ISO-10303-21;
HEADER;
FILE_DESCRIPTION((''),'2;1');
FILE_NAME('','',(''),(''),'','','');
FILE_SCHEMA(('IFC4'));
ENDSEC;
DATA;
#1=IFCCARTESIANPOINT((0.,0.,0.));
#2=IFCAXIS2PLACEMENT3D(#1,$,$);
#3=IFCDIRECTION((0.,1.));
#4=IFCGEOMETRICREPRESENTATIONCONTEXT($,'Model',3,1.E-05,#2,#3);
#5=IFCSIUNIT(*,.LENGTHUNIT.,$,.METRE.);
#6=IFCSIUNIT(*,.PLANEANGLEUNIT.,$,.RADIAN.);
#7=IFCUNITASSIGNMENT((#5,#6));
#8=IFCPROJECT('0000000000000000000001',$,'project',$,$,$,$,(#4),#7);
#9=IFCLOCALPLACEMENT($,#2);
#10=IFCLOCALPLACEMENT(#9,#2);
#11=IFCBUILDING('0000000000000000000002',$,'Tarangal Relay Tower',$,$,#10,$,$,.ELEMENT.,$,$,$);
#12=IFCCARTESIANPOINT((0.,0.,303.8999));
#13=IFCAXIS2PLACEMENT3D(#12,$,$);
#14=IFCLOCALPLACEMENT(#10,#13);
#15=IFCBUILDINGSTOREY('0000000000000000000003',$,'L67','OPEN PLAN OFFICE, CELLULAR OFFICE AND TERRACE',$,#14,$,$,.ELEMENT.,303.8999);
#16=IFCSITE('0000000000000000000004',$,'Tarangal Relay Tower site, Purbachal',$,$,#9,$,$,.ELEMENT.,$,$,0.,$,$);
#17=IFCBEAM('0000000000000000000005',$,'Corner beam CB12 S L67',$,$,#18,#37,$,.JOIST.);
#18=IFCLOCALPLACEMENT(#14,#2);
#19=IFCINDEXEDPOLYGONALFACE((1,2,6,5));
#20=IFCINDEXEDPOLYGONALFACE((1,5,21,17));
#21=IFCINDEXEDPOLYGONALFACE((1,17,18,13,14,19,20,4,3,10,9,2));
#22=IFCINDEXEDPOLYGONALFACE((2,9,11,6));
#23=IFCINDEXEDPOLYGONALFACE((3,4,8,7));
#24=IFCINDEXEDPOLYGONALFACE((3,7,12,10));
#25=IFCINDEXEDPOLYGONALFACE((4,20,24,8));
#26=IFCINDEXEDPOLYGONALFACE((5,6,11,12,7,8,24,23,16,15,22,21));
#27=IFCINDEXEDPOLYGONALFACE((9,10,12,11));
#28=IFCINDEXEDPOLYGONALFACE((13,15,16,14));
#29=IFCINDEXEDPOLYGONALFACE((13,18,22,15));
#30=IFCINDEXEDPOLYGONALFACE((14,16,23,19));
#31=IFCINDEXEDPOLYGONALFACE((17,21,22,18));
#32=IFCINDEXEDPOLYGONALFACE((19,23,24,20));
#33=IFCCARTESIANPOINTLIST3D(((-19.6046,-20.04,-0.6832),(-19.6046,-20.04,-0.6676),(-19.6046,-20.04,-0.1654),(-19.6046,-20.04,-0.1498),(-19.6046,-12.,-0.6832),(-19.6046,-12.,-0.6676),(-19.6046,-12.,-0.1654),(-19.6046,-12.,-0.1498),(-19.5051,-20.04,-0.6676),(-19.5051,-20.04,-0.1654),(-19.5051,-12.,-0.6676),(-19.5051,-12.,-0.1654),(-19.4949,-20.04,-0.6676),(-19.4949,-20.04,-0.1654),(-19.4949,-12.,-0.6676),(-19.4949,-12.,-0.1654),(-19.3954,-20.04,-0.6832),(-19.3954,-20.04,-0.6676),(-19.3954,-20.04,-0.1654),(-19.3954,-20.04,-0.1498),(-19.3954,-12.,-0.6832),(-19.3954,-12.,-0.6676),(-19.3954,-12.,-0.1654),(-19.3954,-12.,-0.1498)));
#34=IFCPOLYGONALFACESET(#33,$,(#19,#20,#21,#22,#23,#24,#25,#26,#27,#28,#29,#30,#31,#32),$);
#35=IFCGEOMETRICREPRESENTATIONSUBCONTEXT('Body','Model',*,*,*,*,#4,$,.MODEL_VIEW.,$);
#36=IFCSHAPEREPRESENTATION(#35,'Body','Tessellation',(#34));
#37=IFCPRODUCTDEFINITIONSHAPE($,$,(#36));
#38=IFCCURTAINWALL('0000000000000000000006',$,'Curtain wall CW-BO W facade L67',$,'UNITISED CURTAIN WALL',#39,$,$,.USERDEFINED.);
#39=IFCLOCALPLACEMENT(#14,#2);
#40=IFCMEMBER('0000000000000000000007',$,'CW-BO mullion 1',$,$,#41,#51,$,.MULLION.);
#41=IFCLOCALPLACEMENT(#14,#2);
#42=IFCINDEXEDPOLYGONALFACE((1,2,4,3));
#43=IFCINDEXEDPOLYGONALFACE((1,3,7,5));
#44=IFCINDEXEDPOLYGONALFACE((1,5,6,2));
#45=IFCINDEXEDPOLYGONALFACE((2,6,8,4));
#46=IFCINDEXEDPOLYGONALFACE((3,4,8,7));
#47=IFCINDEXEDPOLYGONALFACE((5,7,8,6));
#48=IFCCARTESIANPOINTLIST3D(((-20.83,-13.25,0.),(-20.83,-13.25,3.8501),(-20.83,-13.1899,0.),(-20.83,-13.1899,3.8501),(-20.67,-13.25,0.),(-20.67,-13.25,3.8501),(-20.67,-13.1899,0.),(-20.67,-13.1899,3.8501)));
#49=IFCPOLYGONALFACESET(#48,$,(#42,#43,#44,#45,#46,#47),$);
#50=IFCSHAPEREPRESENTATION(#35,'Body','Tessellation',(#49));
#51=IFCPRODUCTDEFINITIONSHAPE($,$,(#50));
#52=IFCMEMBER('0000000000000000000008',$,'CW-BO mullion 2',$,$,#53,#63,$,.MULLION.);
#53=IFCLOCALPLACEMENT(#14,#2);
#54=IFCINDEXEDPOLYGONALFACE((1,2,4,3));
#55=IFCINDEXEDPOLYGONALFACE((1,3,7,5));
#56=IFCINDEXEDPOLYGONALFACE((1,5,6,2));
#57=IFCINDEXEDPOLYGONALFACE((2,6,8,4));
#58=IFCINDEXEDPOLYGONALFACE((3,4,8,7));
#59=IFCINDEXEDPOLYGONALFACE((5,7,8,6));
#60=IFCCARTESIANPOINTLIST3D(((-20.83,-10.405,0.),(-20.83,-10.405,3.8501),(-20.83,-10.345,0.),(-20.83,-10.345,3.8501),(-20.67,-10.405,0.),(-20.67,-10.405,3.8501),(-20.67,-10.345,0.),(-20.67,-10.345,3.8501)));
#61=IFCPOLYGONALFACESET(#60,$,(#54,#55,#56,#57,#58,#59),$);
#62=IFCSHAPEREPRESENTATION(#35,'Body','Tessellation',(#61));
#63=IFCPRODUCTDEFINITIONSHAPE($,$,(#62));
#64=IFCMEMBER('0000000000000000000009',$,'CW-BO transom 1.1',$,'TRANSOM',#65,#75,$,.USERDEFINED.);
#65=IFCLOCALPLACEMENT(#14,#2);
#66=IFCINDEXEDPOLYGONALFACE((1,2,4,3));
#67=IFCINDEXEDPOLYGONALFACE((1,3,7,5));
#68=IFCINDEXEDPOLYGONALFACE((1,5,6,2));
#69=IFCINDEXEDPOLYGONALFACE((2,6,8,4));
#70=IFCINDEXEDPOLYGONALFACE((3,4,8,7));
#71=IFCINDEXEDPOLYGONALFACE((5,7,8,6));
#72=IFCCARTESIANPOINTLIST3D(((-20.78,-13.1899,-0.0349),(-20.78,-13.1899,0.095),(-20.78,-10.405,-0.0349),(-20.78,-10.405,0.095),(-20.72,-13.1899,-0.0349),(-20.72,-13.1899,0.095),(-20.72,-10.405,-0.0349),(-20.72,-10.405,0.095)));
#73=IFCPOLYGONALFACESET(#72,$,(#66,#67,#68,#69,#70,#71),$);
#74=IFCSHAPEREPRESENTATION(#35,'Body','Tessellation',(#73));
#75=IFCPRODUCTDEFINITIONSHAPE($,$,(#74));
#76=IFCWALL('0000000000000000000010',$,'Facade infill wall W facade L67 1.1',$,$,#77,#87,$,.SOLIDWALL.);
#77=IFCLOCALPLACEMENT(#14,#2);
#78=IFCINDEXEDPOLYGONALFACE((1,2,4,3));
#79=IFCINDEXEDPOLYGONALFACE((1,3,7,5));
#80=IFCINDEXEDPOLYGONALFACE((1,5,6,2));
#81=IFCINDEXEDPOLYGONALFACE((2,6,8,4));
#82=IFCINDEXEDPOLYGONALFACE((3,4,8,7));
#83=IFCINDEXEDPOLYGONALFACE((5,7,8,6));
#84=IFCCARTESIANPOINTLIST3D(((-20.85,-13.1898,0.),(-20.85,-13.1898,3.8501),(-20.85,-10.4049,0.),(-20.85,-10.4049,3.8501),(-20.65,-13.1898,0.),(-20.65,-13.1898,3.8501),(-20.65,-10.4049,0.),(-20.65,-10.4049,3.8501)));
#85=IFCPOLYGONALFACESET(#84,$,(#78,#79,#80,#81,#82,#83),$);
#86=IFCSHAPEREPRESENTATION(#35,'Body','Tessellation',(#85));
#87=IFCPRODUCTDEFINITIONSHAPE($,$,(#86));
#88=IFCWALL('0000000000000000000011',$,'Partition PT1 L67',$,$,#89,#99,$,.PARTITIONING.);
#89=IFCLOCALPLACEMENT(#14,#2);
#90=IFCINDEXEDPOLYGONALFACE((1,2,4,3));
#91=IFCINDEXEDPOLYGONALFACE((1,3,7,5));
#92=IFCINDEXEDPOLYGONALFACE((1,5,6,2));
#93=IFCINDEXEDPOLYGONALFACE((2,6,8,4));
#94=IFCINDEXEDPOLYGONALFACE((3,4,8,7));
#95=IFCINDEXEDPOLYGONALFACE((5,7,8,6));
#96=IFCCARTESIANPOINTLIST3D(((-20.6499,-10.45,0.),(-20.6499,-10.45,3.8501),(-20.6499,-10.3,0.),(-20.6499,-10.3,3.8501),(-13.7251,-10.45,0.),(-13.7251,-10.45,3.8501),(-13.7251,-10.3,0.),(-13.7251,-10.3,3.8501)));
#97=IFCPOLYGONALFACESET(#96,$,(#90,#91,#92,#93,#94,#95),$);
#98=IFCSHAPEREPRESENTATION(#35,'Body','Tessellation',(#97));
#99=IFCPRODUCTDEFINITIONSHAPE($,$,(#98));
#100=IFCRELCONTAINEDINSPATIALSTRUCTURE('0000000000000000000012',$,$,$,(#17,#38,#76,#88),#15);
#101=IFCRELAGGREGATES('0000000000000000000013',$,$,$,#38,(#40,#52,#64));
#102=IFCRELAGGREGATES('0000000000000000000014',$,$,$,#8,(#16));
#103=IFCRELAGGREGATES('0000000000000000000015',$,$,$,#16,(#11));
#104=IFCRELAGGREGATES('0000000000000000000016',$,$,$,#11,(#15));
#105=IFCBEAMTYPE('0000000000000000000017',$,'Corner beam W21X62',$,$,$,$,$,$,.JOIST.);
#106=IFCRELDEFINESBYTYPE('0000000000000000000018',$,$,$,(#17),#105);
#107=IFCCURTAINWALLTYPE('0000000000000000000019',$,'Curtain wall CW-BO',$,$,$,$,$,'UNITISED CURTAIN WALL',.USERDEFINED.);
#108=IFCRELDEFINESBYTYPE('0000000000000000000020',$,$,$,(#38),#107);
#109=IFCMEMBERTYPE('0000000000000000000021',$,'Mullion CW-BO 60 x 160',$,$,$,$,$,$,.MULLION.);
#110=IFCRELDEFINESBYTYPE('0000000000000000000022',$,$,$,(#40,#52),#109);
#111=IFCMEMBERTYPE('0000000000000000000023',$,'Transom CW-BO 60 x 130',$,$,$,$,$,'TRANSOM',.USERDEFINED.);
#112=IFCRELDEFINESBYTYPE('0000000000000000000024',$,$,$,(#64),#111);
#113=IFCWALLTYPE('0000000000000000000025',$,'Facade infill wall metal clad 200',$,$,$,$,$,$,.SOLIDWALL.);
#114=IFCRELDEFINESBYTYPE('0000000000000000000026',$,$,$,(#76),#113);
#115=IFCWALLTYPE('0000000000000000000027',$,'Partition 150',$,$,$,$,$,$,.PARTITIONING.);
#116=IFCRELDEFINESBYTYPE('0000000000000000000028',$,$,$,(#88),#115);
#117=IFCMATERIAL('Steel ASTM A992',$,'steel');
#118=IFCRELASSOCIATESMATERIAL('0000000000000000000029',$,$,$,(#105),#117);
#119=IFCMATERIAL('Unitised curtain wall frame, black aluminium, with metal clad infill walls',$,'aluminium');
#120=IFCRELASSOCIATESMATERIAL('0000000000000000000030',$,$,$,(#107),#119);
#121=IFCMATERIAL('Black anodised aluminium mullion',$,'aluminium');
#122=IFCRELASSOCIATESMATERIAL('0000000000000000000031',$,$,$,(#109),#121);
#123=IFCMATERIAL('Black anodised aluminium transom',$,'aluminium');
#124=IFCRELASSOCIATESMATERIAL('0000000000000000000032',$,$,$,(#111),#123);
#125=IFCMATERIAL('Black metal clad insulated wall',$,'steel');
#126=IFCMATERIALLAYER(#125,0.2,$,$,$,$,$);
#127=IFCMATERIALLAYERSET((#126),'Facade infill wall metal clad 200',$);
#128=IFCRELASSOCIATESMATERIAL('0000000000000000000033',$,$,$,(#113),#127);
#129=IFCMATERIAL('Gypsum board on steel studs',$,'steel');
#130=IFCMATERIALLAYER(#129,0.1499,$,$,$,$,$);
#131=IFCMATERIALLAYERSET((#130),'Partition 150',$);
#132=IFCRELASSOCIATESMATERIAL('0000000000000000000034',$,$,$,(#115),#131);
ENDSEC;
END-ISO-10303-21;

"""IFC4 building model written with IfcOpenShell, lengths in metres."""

from ifc_helpers import new_model, si_unit, direction, frame, frame_2d, origin, origin_2d, place, context, subcontext, project, spatial, rectangle, i_section, extrude, material, layer, layer_set, material_profile, profile_set, type_object, element, aggregate, save


model = new_model("IFC4")

# Units and contexts
model_context = context("Model", 3, precision=1e-05, world=origin(), true_north=direction((0.0, 1.0)))
body_context = subcontext(model_context, "Body", "Model", "MODEL_VIEW")
ifc_project = project(units=[si_unit("LENGTHUNIT", "METRE"), si_unit("PLANEANGLEUNIT", "RADIAN")], contexts=[model_context])

# Site, building, storey
site_placement = place(None, origin())
site = spatial("IfcSite", under=ifc_project, at=site_placement, Name="Tarangal Relay Tower site, Purbachal", CompositionType="ELEMENT", RefElevation=0.0)
building_placement = place(site_placement, origin())
building = spatial("IfcBuilding", under=site, at=building_placement, Name="Tarangal Relay Tower", CompositionType="ELEMENT")
storey_placement = place(building_placement, frame((0.0, 0.0, 303.8999)))
storey = spatial("IfcBuildingStorey", under=building, at=storey_placement, Name="L67", Description="OPEN PLAN OFFICE, CELLULAR OFFICE AND TERRACE", CompositionType="ELEMENT", Elevation=303.8999)

# Beam
ifc_material_1 = material(Name="Steel ASTM A992", Category="steel")
ifc_material_profile_1 = material_profile(ifc_material_1, i_section(OverallWidth=0.2092, OverallDepth=0.5334, WebThickness=0.0103, FlangeThickness=0.0156, at=origin_2d()), Name="W21X62")
ifc_profile_set_1 = profile_set([ifc_material_profile_1], Name="Steel ASTM A992")
beam_type = type_object("IfcBeamType", Name="Corner beam W21X62", PredefinedType="JOIST", material=ifc_profile_set_1)
beam_placement = place(storey_placement, frame((-19.5, -12.0, -0.4165), z_axis=(0.0, -1.0, 0.0), x_axis=(1.0, 0.0, 0.0)))
element("IfcBeam", 1, at=beam_placement, inside=storey, type_object=beam_type, Name="Corner beam CB12 S L67", PredefinedType="JOIST", context=body_context, shape_type="SweptSolid", body=[
    extrude(i_section(OverallWidth=0.2092, OverallDepth=0.5334, WebThickness=0.0103, FlangeThickness=0.0156, at=origin_2d()), origin(), (0.0, 0.0, 1.0), 8.04),
])

# Curtain wall, members
ifc_material_2 = material(Name="Unitised curtain wall frame, black aluminium, with metal clad infill walls", Category="aluminium")
curtain_wall_type = type_object("IfcCurtainWallType", Name="Curtain wall CW-BO", ElementType="UNITISED CURTAIN WALL", PredefinedType="USERDEFINED", material=ifc_material_2)
curtain_wall_placement = place(storey_placement, origin())
curtain_wall = element("IfcCurtainWall", 2, at=curtain_wall_placement, inside=storey, type_object=curtain_wall_type, Name="Curtain wall CW-BO W facade L67", ObjectType="UNITISED CURTAIN WALL", PredefinedType="USERDEFINED")
ifc_material_3 = material(Name="Black anodised aluminium mullion", Category="aluminium")
ifc_material_profile_2 = material_profile(ifc_material_3, rectangle(XDim=0.1599, YDim=0.0601, at=origin_2d()), Name="CW-BOM 60X160")
ifc_profile_set_2 = profile_set([ifc_material_profile_2], Name="Black anodised aluminium mullion")
member_type_1 = type_object("IfcMemberType", Name="Mullion CW-BO 60 x 160", PredefinedType="MULLION", material=ifc_profile_set_2)
member_1_placement = place(storey_placement, frame((-20.75, -13.22, 0.0), z_axis=(0.0, 0.0, 1.0), x_axis=(-1.0, 0.0, 0.0)))
member_1 = element("IfcMember", 3, at=member_1_placement, type_object=member_type_1, Name="CW-BO mullion 1", PredefinedType="MULLION", context=body_context, shape_type="SweptSolid", body=[
    extrude(rectangle(XDim=0.1599, YDim=0.0601, at=origin_2d()), origin(), (0.0, 0.0, 1.0), 3.8501),
])
member_2_placement = place(storey_placement, frame((-20.75, -10.375, 0.0), z_axis=(0.0, 0.0, 1.0), x_axis=(-1.0, 0.0, 0.0)))
member_2 = element("IfcMember", 4, at=member_2_placement, type_object=member_type_1, Name="CW-BO mullion 2", PredefinedType="MULLION", context=body_context, shape_type="SweptSolid", body=[
    extrude(rectangle(XDim=0.1599, YDim=0.0601, at=origin_2d()), origin(), (0.0, 0.0, 1.0), 3.8501),
])
ifc_material_4 = material(Name="Black anodised aluminium transom", Category="aluminium")
ifc_material_profile_3 = material_profile(ifc_material_4, rectangle(XDim=0.0601, YDim=0.1299, at=origin_2d()), Name="CW-BOT 60X130")
ifc_profile_set_3 = profile_set([ifc_material_profile_3], Name="Black anodised aluminium transom")
member_type_2 = type_object("IfcMemberType", Name="Transom CW-BO 60 x 130", ElementType="TRANSOM", PredefinedType="USERDEFINED", material=ifc_profile_set_3)
member_3_placement = place(storey_placement, frame((-20.75, -13.1899, 0.03), z_axis=(0.0, 1.0, 0.0), x_axis=(-1.0, 0.0, 0.0)))
member_3 = element("IfcMember", 5, at=member_3_placement, type_object=member_type_2, Name="CW-BO transom 1.1", ObjectType="TRANSOM", PredefinedType="USERDEFINED", context=body_context, shape_type="SweptSolid", body=[
    extrude(rectangle(XDim=0.0601, YDim=0.1299, at=origin_2d()), origin(), (0.0, 0.0, 1.0), 2.7849),
])
aggregate(curtain_wall, [member_1, member_2, member_3])

# Walls
ifc_material_5 = material(Name="Black metal clad insulated wall", Category="steel")
ifc_layer_1 = layer(ifc_material_5, 0.2)
ifc_layer_set_1 = layer_set([ifc_layer_1], Name="Facade infill wall metal clad 200")
wall_type_1 = type_object("IfcWallType", Name="Facade infill wall metal clad 200", PredefinedType="SOLIDWALL", material=ifc_layer_set_1)
wall_1_placement = place(storey_placement, frame((-20.75, -13.1899, 0.0), z_axis=(0.0, 0.0, 1.0), x_axis=(0.0, 1.0, 0.0)))
element("IfcWall", 6, at=wall_1_placement, inside=storey, type_object=wall_type_1, Name="Facade infill wall W facade L67 1.1", PredefinedType="SOLIDWALL", context=body_context, shape_type="SweptSolid", body=[
    extrude(rectangle(XDim=2.7849, YDim=0.2, at=frame_2d((1.3926, 0.0))), origin(), (0.0, 0.0, 1.0), 3.8501),
])
ifc_material_6 = material(Name="Gypsum board on steel studs", Category="steel")
ifc_layer_2 = layer(ifc_material_6, 0.1499)
ifc_layer_set_2 = layer_set([ifc_layer_2], Name="Partition 150")
wall_type_2 = type_object("IfcWallType", Name="Partition 150", PredefinedType="PARTITIONING", material=ifc_layer_set_2)
wall_2_placement = place(storey_placement, frame((-20.6499, -10.375, 0.0), z_axis=(0.0, 0.0, 1.0), x_axis=(1.0, 0.0, 0.0)))
element("IfcWall", 7, at=wall_2_placement, inside=storey, type_object=wall_type_2, Name="Partition PT1 L67", PredefinedType="PARTITIONING", context=body_context, shape_type="SweptSolid", body=[
    extrude(rectangle(XDim=6.9248, YDim=0.1499, at=frame_2d((3.4624, 0.0))), origin(), (0.0, 0.0, 1.0), 3.8501),
])

save(model, "model.ifc")
